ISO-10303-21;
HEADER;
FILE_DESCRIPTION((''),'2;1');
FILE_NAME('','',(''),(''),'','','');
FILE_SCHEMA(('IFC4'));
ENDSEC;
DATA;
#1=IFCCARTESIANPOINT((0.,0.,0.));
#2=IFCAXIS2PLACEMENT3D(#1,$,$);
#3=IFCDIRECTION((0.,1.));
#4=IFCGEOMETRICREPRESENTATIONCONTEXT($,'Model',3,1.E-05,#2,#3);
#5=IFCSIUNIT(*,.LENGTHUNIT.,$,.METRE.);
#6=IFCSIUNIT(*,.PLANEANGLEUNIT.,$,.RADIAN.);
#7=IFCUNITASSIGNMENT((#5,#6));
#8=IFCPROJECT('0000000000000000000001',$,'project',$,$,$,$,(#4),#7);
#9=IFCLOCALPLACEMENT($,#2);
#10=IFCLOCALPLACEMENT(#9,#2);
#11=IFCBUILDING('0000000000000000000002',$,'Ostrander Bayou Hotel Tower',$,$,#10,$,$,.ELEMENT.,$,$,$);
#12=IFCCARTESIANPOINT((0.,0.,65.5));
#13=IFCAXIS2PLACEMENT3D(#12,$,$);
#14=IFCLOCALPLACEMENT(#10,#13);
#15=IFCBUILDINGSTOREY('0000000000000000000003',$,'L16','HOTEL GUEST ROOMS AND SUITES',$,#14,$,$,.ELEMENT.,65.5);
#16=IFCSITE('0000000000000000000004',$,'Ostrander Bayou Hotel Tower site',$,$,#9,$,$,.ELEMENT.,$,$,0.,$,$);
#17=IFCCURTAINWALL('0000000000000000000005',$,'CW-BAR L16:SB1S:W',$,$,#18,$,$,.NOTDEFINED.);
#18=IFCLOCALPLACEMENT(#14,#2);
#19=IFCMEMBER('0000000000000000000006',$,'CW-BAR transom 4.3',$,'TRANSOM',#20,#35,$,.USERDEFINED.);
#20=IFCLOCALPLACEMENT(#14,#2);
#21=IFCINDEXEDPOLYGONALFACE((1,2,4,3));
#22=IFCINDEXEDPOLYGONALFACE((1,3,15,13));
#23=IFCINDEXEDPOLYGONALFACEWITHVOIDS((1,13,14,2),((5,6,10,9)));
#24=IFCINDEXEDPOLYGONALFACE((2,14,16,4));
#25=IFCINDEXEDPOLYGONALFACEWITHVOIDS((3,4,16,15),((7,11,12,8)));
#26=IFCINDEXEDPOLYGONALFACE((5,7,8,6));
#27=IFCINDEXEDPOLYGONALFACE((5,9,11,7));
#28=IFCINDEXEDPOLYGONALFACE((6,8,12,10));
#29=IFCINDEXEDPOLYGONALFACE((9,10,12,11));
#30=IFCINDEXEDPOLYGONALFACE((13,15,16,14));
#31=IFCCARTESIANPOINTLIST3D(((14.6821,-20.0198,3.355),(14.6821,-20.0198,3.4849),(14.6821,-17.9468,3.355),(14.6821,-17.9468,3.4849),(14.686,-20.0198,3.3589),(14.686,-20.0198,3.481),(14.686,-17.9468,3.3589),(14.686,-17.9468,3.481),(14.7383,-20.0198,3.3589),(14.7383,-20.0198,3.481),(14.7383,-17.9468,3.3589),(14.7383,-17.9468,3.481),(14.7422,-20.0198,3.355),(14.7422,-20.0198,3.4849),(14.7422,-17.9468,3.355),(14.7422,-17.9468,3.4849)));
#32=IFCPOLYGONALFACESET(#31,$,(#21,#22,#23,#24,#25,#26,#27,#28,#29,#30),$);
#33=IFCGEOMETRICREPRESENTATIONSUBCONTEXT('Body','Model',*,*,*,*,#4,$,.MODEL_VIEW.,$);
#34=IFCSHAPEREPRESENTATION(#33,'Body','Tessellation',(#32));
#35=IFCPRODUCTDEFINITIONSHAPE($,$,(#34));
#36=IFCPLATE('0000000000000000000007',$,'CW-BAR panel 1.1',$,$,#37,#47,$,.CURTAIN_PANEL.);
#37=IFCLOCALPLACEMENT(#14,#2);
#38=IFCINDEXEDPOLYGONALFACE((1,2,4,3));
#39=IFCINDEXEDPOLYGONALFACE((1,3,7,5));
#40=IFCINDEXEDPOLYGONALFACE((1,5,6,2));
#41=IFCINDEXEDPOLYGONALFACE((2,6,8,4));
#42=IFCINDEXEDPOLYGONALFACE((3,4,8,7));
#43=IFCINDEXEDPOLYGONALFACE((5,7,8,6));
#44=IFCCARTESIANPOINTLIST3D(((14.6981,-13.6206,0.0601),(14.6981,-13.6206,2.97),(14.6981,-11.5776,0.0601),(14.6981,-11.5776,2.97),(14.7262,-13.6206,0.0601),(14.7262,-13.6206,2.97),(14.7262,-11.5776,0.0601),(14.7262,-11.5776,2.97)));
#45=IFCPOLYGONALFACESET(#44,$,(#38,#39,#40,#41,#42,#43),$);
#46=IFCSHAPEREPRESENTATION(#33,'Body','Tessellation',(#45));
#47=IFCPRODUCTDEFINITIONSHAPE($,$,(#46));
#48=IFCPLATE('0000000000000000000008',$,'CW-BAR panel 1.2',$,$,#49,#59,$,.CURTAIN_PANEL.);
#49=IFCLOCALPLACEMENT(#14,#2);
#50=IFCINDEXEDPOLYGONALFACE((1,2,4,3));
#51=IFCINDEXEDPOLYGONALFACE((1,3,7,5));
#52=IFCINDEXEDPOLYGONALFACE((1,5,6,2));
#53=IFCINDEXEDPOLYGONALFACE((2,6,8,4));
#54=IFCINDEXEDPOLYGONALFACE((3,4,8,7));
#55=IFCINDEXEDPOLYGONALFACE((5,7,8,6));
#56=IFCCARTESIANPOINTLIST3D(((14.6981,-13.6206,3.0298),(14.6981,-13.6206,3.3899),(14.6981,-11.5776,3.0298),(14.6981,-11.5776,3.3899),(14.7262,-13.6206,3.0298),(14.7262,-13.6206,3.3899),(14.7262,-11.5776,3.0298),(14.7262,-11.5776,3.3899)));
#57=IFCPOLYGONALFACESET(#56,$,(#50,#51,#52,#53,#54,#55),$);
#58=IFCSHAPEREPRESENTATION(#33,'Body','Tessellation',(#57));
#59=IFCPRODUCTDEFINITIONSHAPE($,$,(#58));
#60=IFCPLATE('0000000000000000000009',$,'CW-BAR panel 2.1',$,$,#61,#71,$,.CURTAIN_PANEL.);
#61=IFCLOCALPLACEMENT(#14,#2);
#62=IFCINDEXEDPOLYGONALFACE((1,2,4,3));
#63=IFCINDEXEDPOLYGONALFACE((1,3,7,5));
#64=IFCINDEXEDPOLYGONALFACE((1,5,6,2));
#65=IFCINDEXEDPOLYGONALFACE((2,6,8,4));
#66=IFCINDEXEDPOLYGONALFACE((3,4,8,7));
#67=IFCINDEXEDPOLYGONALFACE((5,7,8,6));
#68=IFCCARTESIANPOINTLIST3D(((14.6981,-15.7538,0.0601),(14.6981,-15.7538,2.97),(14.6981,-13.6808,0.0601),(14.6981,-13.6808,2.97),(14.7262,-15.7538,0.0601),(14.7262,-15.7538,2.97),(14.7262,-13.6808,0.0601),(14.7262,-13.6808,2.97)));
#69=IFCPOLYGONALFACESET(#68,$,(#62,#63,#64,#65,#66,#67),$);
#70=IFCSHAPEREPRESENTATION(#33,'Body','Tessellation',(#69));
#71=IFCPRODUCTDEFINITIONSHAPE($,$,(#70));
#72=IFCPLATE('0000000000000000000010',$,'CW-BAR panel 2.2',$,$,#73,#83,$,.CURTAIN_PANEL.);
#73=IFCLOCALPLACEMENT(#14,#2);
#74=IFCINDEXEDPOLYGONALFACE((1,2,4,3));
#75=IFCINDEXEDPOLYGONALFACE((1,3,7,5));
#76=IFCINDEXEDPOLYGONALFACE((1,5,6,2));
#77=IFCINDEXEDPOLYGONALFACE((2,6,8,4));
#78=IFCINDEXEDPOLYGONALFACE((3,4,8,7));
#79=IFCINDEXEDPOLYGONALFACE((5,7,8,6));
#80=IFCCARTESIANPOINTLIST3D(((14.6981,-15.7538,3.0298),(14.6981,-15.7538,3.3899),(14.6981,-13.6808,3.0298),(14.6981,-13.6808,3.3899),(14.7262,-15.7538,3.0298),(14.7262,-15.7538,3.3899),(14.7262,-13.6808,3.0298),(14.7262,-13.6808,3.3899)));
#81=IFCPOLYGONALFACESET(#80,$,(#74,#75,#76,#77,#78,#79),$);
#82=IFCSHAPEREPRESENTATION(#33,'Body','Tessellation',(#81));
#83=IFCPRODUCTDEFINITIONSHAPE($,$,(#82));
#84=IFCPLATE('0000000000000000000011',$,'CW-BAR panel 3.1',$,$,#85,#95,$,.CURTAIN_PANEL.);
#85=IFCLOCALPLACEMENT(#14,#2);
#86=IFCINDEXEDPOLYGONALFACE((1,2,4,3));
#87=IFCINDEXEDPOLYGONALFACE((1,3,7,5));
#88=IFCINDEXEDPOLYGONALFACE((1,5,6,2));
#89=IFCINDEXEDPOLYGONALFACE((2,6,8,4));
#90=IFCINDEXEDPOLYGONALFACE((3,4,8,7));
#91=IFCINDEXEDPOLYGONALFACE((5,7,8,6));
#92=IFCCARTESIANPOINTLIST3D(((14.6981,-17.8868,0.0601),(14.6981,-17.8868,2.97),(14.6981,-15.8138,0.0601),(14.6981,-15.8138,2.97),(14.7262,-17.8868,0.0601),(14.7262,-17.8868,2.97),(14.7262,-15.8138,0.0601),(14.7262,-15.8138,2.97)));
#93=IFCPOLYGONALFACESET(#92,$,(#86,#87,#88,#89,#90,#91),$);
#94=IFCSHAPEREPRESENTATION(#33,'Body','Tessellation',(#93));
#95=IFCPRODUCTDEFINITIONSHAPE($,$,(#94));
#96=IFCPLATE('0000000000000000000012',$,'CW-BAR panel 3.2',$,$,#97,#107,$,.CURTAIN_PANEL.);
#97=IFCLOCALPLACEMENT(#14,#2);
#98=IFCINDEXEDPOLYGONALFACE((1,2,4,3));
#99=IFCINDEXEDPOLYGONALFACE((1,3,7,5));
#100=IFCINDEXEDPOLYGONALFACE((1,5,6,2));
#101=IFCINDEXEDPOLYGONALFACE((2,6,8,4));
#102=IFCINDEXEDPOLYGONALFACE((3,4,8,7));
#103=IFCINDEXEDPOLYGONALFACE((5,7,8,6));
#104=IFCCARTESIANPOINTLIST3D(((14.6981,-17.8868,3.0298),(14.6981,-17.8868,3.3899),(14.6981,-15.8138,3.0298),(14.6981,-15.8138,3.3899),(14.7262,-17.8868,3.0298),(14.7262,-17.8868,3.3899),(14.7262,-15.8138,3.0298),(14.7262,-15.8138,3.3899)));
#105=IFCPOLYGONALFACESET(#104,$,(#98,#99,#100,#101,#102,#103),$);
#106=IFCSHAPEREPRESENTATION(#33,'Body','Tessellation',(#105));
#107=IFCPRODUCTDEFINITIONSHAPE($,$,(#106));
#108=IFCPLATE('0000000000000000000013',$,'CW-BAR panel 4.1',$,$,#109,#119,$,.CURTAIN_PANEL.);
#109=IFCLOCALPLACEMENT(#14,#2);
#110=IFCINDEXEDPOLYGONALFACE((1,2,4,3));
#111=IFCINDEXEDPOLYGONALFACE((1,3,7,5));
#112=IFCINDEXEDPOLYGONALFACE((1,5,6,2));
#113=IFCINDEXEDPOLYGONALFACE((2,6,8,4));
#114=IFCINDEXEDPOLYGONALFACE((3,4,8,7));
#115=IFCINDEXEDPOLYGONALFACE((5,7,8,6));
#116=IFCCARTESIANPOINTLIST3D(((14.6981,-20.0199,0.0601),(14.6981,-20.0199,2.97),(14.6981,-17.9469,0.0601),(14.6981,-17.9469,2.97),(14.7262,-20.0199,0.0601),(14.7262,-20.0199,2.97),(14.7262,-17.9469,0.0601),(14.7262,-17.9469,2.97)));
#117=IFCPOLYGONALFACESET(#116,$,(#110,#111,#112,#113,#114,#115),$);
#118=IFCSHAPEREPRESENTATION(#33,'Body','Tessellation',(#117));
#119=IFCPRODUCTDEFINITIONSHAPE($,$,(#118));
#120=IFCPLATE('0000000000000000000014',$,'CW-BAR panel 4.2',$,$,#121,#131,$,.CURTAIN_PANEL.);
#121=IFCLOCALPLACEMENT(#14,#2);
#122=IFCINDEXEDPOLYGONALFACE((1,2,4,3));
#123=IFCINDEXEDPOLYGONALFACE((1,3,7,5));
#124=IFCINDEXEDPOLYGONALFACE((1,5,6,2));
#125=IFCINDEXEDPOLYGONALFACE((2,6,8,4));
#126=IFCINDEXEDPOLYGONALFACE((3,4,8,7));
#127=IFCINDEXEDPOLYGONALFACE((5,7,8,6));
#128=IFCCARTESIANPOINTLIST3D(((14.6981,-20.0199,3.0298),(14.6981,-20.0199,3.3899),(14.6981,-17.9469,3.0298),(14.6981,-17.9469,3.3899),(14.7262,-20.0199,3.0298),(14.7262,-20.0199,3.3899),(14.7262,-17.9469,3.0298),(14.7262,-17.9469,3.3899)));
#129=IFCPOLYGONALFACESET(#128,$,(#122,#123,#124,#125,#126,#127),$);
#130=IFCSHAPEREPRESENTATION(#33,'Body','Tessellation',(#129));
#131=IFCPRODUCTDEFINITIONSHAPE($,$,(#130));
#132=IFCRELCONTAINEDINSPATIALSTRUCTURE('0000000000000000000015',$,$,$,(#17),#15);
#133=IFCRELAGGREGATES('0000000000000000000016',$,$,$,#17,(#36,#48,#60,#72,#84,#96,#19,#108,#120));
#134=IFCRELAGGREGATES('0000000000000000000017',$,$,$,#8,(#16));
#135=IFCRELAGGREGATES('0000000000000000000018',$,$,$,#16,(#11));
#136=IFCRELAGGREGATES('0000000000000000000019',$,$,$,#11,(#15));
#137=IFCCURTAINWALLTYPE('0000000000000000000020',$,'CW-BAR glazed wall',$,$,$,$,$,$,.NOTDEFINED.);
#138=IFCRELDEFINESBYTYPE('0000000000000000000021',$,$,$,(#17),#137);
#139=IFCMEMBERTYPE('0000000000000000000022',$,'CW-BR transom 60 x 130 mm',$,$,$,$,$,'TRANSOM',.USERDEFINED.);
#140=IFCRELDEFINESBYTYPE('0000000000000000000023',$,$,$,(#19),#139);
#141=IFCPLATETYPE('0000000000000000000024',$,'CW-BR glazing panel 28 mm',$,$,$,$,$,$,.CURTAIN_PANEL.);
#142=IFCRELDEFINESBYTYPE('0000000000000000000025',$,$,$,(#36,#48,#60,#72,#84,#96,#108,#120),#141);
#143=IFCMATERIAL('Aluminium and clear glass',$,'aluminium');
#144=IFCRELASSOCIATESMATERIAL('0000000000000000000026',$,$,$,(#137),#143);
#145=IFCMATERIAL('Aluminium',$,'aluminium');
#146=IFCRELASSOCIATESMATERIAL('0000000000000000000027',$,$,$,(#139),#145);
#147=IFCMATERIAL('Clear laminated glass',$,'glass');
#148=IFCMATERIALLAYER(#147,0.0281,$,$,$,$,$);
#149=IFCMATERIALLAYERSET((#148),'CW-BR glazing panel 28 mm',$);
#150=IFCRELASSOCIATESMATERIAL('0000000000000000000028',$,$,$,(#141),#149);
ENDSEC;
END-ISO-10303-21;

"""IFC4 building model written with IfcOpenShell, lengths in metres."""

from ifc_helpers import new_model, si_unit, direction, frame, origin, origin_2d, place, context, subcontext, project, spatial, rectangle, hollow_rectangle, extrude, material, layer, layer_set, material_profile, profile_set, type_object, element, aggregate, save


model = new_model("IFC4")

# Units and contexts
model_context = context("Model", 3, precision=1e-05, world=origin(), true_north=direction((0.0, 1.0)))
body_context = subcontext(model_context, "Body", "Model", "MODEL_VIEW")
ifc_project = project(units=[si_unit("LENGTHUNIT", "METRE"), si_unit("PLANEANGLEUNIT", "RADIAN")], contexts=[model_context])

# Site, building, storey
site_placement = place(None, origin())
site = spatial("IfcSite", under=ifc_project, at=site_placement, Name="Ostrander Bayou Hotel Tower site", CompositionType="ELEMENT", RefElevation=0.0)
building_placement = place(site_placement, origin())
building = spatial("IfcBuilding", under=site, at=building_placement, Name="Ostrander Bayou Hotel Tower", CompositionType="ELEMENT")
storey_placement = place(building_placement, frame((0.0, 0.0, 65.5)))
storey = spatial("IfcBuildingStorey", under=building, at=storey_placement, Name="L16", Description="HOTEL GUEST ROOMS AND SUITES", CompositionType="ELEMENT", Elevation=65.5)

# Curtain wall, member, plates
ifc_material_1 = material(Name="Aluminium and clear glass", Category="aluminium")
curtain_wall_type = type_object("IfcCurtainWallType", Name="CW-BAR glazed wall", PredefinedType="NOTDEFINED", material=ifc_material_1)
curtain_wall_placement = place(storey_placement, origin())
curtain_wall = element("IfcCurtainWall", 1, at=curtain_wall_placement, inside=storey, type_object=curtain_wall_type, Name="CW-BAR L16:SB1S:W", PredefinedType="NOTDEFINED")
ifc_material_2 = material(Name="Aluminium", Category="aluminium")
ifc_material_profile = material_profile(ifc_material_2, hollow_rectangle(XDim=0.0601, YDim=0.1299, WallThickness=0.0039, at=origin_2d()))
ifc_profile_set = profile_set([ifc_material_profile], Name="Aluminium")
member_type = type_object("IfcMemberType", Name="CW-BR transom 60 x 130 mm", ElementType="TRANSOM", PredefinedType="USERDEFINED", material=ifc_profile_set)
member_1_placement = place(storey_placement, frame((14.7122, -17.9468, 3.4199), z_axis=(0.0, -1.0, 0.0), x_axis=(1.0, 0.0, 0.0)))
member_1 = element("IfcMember", 2, at=member_1_placement, type_object=member_type, Name="CW-BAR transom 4.3", ObjectType="TRANSOM", PredefinedType="USERDEFINED", context=body_context, shape_type="SweptSolid", body=[
    extrude(hollow_rectangle(XDim=0.0601, YDim=0.1299, WallThickness=0.0039, at=origin_2d()), origin(), (0.0, 0.0, 1.0), 2.073),
])
ifc_material_3 = material(Name="Clear laminated glass", Category="glass")
ifc_layer = layer(ifc_material_3, 0.0281)
ifc_layer_set = layer_set([ifc_layer], Name="CW-BR glazing panel 28 mm")
plate_type = type_object("IfcPlateType", Name="CW-BR glazing panel 28 mm", PredefinedType="CURTAIN_PANEL", material=ifc_layer_set)
plate_1_placement = place(storey_placement, frame((14.7122, -12.5991, 0.0601), z_axis=(0.0, 0.0, 1.0), x_axis=(0.0, -1.0, 0.0)))
plate_1 = element("IfcPlate", 3, at=plate_1_placement, type_object=plate_type, Name="CW-BAR panel 1.1", PredefinedType="CURTAIN_PANEL", context=body_context, shape_type="SweptSolid", body=[
    extrude(rectangle(XDim=2.043, YDim=0.0281, at=origin_2d()), origin(), (0.0, 0.0, 1.0), 2.9099),
])
plate_2_placement = place(storey_placement, frame((14.7122, -12.5991, 3.0298), z_axis=(0.0, 0.0, 1.0), x_axis=(0.0, -1.0, 0.0)))
plate_2 = element("IfcPlate", 4, at=plate_2_placement, type_object=plate_type, Name="CW-BAR panel 1.2", PredefinedType="CURTAIN_PANEL", context=body_context, shape_type="SweptSolid", body=[
    extrude(rectangle(XDim=2.043, YDim=0.0281, at=origin_2d()), origin(), (0.0, 0.0, 1.0), 0.3601),
])
plate_3_placement = place(storey_placement, frame((14.7122, -14.7173, 0.0601), z_axis=(0.0, 0.0, 1.0), x_axis=(0.0, -1.0, 0.0)))
plate_3 = element("IfcPlate", 5, at=plate_3_placement, type_object=plate_type, Name="CW-BAR panel 2.1", PredefinedType="CURTAIN_PANEL", context=body_context, shape_type="SweptSolid", body=[
    extrude(rectangle(XDim=2.073, YDim=0.0281, at=origin_2d()), origin(), (0.0, 0.0, 1.0), 2.9099),
])
plate_4_placement = place(storey_placement, frame((14.7122, -14.7173, 3.0298), z_axis=(0.0, 0.0, 1.0), x_axis=(0.0, -1.0, 0.0)))
plate_4 = element("IfcPlate", 6, at=plate_4_placement, type_object=plate_type, Name="CW-BAR panel 2.2", PredefinedType="CURTAIN_PANEL", context=body_context, shape_type="SweptSolid", body=[
    extrude(rectangle(XDim=2.073, YDim=0.0281, at=origin_2d()), origin(), (0.0, 0.0, 1.0), 0.3601),
])
plate_5_placement = place(storey_placement, frame((14.7122, -16.8503, 0.0601), z_axis=(0.0, 0.0, 1.0), x_axis=(0.0, -1.0, 0.0)))
plate_5 = element("IfcPlate", 7, at=plate_5_placement, type_object=plate_type, Name="CW-BAR panel 3.1", PredefinedType="CURTAIN_PANEL", context=body_context, shape_type="SweptSolid", body=[
    extrude(rectangle(XDim=2.073, YDim=0.0281, at=origin_2d()), origin(), (0.0, 0.0, 1.0), 2.9099),
])
plate_6_placement = place(storey_placement, frame((14.7122, -16.8503, 3.0298), z_axis=(0.0, 0.0, 1.0), x_axis=(0.0, -1.0, 0.0)))
plate_6 = element("IfcPlate", 8, at=plate_6_placement, type_object=plate_type, Name="CW-BAR panel 3.2", PredefinedType="CURTAIN_PANEL", context=body_context, shape_type="SweptSolid", body=[
    extrude(rectangle(XDim=2.073, YDim=0.0281, at=origin_2d()), origin(), (0.0, 0.0, 1.0), 0.3601),
])
plate_7_placement = place(storey_placement, frame((14.7122, -18.9834, 0.0601), z_axis=(0.0, 0.0, 1.0), x_axis=(0.0, -1.0, 0.0)))
plate_7 = element("IfcPlate", 9, at=plate_7_placement, type_object=plate_type, Name="CW-BAR panel 4.1", PredefinedType="CURTAIN_PANEL", context=body_context, shape_type="SweptSolid", body=[
    extrude(rectangle(XDim=2.073, YDim=0.0281, at=origin_2d()), origin(), (0.0, 0.0, 1.0), 2.9099),
])
plate_8_placement = place(storey_placement, frame((14.7122, -18.9834, 3.0298), z_axis=(0.0, 0.0, 1.0), x_axis=(0.0, -1.0, 0.0)))
plate_8 = element("IfcPlate", 10, at=plate_8_placement, type_object=plate_type, Name="CW-BAR panel 4.2", PredefinedType="CURTAIN_PANEL", context=body_context, shape_type="SweptSolid", body=[
    extrude(rectangle(XDim=2.073, YDim=0.0281, at=origin_2d()), origin(), (0.0, 0.0, 1.0), 0.3601),
])
aggregate(curtain_wall, [plate_1, plate_2, plate_3, plate_4, plate_5, plate_6, member_1, plate_7, plate_8])

save(model, "model.ifc")
